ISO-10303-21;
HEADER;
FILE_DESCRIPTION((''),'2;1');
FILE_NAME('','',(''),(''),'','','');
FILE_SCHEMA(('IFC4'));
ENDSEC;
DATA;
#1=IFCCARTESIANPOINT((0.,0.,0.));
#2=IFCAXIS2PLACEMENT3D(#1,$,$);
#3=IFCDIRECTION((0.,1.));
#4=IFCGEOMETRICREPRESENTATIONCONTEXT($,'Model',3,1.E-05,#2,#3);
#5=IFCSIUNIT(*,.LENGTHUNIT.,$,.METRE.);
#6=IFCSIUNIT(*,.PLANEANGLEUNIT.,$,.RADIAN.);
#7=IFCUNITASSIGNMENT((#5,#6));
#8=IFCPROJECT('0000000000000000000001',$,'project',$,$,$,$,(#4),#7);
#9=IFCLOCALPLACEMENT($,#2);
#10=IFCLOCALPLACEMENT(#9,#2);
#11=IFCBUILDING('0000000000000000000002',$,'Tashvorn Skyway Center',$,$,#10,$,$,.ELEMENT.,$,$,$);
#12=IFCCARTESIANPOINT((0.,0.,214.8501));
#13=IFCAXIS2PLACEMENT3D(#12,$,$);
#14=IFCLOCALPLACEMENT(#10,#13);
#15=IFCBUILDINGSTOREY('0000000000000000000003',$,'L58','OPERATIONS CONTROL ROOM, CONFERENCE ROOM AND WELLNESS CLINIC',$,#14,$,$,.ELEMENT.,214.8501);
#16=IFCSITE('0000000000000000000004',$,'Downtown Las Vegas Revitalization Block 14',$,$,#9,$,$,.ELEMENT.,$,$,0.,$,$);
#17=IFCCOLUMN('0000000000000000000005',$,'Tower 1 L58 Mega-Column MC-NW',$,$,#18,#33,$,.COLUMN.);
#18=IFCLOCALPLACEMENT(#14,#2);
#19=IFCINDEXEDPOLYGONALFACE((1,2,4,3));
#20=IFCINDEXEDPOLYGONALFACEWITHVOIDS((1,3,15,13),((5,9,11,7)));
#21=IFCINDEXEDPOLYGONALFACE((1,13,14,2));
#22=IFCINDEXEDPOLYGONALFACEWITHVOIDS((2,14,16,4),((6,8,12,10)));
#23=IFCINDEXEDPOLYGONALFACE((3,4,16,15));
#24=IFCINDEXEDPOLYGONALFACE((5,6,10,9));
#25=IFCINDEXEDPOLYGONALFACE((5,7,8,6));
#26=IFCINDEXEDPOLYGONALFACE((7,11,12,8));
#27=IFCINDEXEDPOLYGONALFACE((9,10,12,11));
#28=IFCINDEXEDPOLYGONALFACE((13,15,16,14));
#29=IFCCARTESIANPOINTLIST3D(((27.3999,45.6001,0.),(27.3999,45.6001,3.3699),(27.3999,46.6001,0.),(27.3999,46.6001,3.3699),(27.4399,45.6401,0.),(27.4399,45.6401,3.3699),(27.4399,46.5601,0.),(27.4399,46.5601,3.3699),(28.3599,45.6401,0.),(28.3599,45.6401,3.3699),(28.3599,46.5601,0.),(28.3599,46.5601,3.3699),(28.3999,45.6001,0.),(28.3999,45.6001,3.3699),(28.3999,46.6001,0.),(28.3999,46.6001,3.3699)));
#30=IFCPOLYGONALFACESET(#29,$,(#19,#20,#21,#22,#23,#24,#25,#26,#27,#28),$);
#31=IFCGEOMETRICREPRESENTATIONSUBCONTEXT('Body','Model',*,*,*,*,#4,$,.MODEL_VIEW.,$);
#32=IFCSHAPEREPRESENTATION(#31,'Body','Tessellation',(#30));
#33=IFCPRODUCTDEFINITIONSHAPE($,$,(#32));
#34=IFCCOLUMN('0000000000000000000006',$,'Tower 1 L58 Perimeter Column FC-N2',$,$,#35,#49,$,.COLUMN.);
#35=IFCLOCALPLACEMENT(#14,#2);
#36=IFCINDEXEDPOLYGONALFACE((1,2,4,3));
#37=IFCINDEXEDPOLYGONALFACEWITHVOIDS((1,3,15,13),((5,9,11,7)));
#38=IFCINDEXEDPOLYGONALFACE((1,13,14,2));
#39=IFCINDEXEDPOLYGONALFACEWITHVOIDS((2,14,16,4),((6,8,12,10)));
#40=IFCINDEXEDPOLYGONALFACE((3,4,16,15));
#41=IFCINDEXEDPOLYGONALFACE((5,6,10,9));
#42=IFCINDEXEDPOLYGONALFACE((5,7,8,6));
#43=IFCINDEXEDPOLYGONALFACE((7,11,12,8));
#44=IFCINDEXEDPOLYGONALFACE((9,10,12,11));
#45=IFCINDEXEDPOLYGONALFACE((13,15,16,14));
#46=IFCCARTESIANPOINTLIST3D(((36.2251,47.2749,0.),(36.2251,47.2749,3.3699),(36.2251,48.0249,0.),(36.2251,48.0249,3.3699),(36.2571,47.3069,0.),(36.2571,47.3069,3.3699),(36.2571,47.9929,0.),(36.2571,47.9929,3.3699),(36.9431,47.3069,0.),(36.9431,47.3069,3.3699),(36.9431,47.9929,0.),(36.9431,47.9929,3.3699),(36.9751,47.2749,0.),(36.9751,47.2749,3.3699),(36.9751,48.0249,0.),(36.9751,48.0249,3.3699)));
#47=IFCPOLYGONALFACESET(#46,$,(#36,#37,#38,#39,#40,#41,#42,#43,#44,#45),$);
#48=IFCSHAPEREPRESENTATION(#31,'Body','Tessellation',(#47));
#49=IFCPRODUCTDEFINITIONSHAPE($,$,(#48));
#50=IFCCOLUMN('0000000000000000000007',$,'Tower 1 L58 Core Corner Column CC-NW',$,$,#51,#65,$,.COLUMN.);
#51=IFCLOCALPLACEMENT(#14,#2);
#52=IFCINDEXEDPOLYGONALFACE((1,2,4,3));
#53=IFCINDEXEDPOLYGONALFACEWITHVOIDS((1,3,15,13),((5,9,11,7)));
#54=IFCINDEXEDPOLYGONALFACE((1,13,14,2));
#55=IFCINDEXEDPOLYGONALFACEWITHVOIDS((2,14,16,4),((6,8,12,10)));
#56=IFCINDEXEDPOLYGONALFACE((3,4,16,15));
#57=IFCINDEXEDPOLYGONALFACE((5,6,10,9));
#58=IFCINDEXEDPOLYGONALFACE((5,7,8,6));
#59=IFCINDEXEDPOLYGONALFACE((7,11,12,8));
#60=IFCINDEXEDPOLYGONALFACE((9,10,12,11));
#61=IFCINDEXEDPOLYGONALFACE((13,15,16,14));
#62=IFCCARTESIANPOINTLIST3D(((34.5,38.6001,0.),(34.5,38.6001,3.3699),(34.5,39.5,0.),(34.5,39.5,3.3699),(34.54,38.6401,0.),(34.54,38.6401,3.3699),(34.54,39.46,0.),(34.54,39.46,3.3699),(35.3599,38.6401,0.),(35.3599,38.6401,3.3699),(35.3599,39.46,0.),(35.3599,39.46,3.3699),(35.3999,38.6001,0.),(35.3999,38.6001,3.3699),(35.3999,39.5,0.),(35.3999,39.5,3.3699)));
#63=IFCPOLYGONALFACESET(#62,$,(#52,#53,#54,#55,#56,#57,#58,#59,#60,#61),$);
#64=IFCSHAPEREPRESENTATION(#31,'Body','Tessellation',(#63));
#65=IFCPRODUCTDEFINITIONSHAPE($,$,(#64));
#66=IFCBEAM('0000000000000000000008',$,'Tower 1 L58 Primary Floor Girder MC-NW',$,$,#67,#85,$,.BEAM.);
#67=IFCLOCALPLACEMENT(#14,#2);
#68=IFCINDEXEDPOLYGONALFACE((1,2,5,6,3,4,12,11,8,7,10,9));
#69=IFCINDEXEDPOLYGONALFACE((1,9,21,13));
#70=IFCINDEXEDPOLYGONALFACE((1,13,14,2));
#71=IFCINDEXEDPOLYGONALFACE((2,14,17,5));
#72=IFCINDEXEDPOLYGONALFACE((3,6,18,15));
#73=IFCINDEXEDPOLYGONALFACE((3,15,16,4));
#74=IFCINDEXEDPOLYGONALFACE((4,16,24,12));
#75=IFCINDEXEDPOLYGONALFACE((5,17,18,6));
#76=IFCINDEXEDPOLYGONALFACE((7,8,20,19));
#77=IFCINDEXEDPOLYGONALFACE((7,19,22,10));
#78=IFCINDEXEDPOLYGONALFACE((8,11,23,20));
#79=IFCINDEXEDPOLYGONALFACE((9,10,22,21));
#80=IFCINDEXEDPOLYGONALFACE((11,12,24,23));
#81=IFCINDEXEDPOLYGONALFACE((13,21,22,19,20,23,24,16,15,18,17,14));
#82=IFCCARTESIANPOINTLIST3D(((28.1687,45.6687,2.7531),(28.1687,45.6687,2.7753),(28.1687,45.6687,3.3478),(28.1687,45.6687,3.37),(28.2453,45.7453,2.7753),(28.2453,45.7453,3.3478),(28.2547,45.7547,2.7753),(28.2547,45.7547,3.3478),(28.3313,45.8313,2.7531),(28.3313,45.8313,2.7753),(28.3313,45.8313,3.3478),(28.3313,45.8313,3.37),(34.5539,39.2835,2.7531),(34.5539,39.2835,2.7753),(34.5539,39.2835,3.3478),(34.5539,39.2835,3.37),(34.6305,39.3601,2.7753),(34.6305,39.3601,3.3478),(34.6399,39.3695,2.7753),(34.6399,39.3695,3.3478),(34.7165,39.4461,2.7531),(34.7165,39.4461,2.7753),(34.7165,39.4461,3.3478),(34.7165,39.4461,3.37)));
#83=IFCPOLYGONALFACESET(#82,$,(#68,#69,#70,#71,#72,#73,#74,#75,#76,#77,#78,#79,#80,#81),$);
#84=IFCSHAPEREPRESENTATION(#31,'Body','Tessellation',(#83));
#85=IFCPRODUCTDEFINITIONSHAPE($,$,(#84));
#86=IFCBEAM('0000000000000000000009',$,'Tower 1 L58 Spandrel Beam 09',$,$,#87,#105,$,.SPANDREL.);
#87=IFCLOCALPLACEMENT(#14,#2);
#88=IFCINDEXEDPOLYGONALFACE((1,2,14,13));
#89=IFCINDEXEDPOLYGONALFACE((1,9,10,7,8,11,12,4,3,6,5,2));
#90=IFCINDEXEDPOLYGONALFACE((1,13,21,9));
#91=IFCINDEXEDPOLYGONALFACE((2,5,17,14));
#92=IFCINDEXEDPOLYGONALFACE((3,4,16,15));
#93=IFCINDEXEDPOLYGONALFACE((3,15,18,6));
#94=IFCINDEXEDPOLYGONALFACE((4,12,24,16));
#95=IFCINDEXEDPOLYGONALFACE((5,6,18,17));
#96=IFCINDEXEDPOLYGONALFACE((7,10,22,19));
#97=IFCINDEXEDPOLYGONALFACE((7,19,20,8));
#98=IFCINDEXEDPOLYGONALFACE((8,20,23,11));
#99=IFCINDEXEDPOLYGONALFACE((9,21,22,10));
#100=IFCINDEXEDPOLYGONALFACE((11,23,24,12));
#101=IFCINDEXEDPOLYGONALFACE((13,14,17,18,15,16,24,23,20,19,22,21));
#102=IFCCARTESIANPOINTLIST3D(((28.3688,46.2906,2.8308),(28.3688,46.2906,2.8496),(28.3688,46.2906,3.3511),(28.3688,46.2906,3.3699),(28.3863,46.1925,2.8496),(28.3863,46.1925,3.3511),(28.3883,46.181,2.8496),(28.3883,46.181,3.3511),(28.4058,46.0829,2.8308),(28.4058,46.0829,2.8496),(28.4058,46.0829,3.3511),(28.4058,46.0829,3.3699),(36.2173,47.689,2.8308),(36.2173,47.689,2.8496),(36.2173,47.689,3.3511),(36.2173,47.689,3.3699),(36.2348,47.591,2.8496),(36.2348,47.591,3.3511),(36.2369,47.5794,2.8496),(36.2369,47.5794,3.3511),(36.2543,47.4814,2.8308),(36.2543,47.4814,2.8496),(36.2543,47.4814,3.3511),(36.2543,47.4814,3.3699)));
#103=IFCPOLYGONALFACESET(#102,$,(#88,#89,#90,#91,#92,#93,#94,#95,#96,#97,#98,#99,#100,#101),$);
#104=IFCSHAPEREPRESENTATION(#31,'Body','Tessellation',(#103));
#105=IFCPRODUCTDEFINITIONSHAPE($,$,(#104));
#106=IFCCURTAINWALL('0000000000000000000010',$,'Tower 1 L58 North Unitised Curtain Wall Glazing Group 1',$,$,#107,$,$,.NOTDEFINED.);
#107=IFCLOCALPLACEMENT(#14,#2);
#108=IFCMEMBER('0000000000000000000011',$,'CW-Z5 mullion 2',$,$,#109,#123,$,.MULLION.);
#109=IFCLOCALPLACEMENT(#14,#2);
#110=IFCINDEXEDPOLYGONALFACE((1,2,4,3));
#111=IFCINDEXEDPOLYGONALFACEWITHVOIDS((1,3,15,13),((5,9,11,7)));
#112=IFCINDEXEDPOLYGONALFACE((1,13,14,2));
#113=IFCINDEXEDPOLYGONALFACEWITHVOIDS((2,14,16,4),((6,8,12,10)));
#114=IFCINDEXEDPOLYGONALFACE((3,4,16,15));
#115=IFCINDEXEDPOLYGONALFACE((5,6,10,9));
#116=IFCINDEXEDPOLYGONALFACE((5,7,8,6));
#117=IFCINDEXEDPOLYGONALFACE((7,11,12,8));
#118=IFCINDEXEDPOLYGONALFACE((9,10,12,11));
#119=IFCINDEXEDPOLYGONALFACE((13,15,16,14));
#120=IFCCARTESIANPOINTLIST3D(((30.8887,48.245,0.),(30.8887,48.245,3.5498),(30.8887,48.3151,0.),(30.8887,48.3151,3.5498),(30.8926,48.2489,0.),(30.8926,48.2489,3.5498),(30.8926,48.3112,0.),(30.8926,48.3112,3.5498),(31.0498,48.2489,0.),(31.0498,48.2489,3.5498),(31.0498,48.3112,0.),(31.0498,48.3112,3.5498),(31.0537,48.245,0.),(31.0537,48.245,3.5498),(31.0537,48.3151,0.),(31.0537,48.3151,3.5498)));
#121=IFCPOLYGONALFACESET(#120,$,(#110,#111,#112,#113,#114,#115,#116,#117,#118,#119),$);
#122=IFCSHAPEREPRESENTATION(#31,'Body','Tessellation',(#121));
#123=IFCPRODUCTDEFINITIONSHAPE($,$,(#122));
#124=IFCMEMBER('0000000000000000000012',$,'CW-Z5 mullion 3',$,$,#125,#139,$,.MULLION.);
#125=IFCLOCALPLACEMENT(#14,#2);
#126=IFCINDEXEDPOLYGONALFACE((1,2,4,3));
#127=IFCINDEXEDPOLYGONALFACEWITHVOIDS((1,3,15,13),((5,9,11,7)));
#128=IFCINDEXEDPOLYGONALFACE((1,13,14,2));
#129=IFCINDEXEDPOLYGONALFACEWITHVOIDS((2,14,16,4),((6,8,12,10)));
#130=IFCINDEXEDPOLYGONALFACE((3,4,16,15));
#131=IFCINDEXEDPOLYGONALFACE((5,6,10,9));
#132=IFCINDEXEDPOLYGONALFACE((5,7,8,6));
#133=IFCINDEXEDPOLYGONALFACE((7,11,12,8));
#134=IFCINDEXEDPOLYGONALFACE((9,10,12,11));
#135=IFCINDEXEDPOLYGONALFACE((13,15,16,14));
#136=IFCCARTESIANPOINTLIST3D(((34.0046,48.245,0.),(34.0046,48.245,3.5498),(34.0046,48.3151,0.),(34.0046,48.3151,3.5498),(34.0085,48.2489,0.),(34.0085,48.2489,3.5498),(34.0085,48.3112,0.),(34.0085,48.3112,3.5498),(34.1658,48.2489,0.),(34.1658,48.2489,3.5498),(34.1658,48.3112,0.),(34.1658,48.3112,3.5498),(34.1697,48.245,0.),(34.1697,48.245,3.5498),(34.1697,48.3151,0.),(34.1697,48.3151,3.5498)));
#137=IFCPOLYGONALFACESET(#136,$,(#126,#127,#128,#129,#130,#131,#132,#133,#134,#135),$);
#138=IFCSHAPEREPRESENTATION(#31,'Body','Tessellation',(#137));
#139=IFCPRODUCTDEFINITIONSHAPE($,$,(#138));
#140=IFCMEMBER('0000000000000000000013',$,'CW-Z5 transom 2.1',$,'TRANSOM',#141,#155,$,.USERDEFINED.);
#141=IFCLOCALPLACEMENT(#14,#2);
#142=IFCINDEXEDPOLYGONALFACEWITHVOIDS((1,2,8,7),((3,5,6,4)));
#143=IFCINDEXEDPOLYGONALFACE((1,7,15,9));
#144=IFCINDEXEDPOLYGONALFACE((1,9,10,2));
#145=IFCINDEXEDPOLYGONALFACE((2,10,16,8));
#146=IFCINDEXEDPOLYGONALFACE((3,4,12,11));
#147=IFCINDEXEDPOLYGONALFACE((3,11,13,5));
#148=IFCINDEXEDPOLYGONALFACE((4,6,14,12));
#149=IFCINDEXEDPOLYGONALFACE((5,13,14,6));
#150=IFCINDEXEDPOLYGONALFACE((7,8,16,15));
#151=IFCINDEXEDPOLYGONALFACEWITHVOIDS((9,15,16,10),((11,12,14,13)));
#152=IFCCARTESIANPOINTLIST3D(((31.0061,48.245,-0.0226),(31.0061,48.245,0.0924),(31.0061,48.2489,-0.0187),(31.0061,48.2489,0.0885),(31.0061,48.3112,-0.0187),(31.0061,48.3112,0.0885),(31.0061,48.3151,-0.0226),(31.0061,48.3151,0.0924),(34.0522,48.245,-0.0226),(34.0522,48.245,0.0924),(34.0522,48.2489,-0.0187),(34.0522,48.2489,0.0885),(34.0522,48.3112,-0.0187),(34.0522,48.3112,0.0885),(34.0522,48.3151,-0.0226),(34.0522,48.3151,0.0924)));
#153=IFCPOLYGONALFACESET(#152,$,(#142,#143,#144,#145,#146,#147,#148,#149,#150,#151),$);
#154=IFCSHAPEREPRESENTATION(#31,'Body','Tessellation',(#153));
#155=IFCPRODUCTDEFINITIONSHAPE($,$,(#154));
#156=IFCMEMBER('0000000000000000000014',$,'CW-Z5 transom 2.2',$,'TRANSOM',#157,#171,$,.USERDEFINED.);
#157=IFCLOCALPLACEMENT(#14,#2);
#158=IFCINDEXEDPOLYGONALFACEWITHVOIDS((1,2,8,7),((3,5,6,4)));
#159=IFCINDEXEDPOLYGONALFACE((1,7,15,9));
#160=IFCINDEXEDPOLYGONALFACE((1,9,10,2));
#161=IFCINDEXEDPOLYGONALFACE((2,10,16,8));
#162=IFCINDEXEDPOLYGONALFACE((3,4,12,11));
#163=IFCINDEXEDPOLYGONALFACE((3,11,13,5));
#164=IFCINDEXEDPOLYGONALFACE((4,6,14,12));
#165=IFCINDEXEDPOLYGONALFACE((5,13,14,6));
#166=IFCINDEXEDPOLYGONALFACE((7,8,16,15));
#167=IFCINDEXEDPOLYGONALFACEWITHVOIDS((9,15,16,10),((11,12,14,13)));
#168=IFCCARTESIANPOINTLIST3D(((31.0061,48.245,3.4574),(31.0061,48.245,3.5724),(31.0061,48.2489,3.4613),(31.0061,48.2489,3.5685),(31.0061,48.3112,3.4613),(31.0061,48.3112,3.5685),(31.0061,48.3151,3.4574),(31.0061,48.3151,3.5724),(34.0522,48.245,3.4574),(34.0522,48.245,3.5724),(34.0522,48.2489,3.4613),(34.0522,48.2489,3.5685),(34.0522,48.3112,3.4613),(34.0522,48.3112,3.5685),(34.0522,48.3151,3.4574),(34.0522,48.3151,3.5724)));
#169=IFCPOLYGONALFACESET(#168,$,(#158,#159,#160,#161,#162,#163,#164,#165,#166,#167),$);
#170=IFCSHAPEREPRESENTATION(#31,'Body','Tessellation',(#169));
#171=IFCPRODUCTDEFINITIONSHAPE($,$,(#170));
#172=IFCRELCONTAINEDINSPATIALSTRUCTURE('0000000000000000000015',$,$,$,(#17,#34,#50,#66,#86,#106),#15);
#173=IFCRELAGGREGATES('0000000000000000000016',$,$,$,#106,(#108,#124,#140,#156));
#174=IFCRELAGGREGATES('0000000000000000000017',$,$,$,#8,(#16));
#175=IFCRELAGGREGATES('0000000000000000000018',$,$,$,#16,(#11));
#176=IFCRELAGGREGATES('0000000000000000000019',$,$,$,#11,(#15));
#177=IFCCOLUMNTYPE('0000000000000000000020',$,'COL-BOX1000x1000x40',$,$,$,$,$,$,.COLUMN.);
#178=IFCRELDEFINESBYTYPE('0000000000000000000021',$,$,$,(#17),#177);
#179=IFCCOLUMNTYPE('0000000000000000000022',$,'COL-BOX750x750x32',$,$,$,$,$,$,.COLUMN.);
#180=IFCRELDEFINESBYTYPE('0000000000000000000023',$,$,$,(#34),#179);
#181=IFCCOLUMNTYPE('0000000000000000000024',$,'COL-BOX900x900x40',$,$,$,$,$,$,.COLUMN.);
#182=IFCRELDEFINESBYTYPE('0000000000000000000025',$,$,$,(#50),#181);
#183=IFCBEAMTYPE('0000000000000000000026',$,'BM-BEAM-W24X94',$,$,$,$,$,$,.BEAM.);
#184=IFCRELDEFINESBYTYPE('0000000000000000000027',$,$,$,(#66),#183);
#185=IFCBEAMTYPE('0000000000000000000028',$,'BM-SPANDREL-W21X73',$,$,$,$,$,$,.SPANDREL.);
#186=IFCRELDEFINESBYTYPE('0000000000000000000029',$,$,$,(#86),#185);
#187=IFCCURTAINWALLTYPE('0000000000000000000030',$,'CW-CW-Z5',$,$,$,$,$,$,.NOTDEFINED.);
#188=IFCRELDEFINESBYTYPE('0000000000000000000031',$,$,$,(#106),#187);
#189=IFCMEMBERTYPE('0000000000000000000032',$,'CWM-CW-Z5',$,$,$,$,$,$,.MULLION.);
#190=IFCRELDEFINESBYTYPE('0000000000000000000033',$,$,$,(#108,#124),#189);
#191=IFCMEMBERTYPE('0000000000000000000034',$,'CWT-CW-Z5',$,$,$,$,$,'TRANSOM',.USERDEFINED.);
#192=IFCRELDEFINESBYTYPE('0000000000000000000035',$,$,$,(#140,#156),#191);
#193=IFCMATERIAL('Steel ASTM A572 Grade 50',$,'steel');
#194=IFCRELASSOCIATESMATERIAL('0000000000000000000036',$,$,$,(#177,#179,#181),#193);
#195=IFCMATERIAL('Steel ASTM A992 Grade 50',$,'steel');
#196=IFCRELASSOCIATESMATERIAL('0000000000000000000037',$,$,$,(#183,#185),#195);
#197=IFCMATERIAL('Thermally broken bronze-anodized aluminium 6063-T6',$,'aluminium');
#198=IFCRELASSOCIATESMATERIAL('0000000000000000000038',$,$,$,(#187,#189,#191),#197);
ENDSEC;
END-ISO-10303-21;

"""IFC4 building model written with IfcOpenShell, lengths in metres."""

from ifc_helpers import new_model, si_unit, direction, frame, origin, origin_2d, place, context, subcontext, project, spatial, hollow_rectangle, i_section, extrude, material, material_profile, profile_set, type_object, element, aggregate, save


model = new_model("IFC4")

# Units and contexts
model_context = context("Model", 3, precision=1e-05, world=origin(), true_north=direction((0.0, 1.0)))
body_context = subcontext(model_context, "Body", "Model", "MODEL_VIEW")
ifc_project = project(units=[si_unit("LENGTHUNIT", "METRE"), si_unit("PLANEANGLEUNIT", "RADIAN")], contexts=[model_context])

# Site, building, storey
site_placement = place(None, origin())
site = spatial("IfcSite", under=ifc_project, at=site_placement, Name="Downtown Las Vegas Revitalization Block 14", CompositionType="ELEMENT", RefElevation=0.0)
building_placement = place(site_placement, origin())
building = spatial("IfcBuilding", under=site, at=building_placement, Name="Tashvorn Skyway Center", CompositionType="ELEMENT")
storey_placement = place(building_placement, frame((0.0, 0.0, 214.8501)))
storey = spatial("IfcBuildingStorey", under=building, at=storey_placement, Name="L58", Description="OPERATIONS CONTROL ROOM, CONFERENCE ROOM AND WELLNESS CLINIC", CompositionType="ELEMENT", Elevation=214.8501)

# Columns
ifc_material_1 = material(Name="Steel ASTM A572 Grade 50", Category="steel")
ifc_material_profile_1 = material_profile(ifc_material_1, hollow_rectangle(XDim=1.0, YDim=1.0, WallThickness=0.04, at=origin_2d()), Name="BOX1000x1000x40")
ifc_profile_set_1 = profile_set([ifc_material_profile_1], Name="Steel ASTM A572 Grade 50")
column_type_1 = type_object("IfcColumnType", Name="COL-BOX1000x1000x40", PredefinedType="COLUMN", material=ifc_profile_set_1)
column_1_placement = place(storey_placement, frame((27.8999, 46.1001, 0.0), z_axis=(0.0, 0.0, 1.0), x_axis=(1.0, 0.0, 0.0)))
element("IfcColumn", 1, at=column_1_placement, inside=storey, type_object=column_type_1, Name="Tower 1 L58 Mega-Column MC-NW", PredefinedType="COLUMN", context=body_context, shape_type="SweptSolid", body=[
    extrude(hollow_rectangle(XDim=1.0, YDim=1.0, WallThickness=0.04, at=origin_2d()), origin(), (0.0, 0.0, 1.0), 3.3699),
])
ifc_material_profile_2 = material_profile(ifc_material_1, hollow_rectangle(XDim=0.75, YDim=0.75, WallThickness=0.032, at=origin_2d()), Name="BOX750x750x32")
ifc_profile_set_2 = profile_set([ifc_material_profile_2], Name="Steel ASTM A572 Grade 50")
column_type_2 = type_object("IfcColumnType", Name="COL-BOX750x750x32", PredefinedType="COLUMN", material=ifc_profile_set_2)
column_2_placement = place(storey_placement, frame((36.6001, 47.6499, 0.0), z_axis=(0.0, 0.0, 1.0), x_axis=(1.0, 0.0, 0.0)))
element("IfcColumn", 2, at=column_2_placement, inside=storey, type_object=column_type_2, Name="Tower 1 L58 Perimeter Column FC-N2", PredefinedType="COLUMN", context=body_context, shape_type="SweptSolid", body=[
    extrude(hollow_rectangle(XDim=0.75, YDim=0.75, WallThickness=0.032, at=origin_2d()), origin(), (0.0, 0.0, 1.0), 3.3699),
])
ifc_material_profile_3 = material_profile(ifc_material_1, hollow_rectangle(XDim=0.8999, YDim=0.8999, WallThickness=0.04, at=origin_2d()), Name="BOX900x900x40")
ifc_profile_set_3 = profile_set([ifc_material_profile_3], Name="Steel ASTM A572 Grade 50")
column_type_3 = type_object("IfcColumnType", Name="COL-BOX900x900x40", PredefinedType="COLUMN", material=ifc_profile_set_3)
column_3_placement = place(storey_placement, frame((34.95, 39.05, 0.0), z_axis=(0.0, 0.0, 1.0), x_axis=(1.0, 0.0, 0.0)))
element("IfcColumn", 3, at=column_3_placement, inside=storey, type_object=column_type_3, Name="Tower 1 L58 Core Corner Column CC-NW", PredefinedType="COLUMN", context=body_context, shape_type="SweptSolid", body=[
    extrude(hollow_rectangle(XDim=0.8999, YDim=0.8999, WallThickness=0.04, at=origin_2d()), origin(), (0.0, 0.0, 1.0), 3.3699),
])

# Beams
ifc_material_2 = material(Name="Steel ASTM A992 Grade 50", Category="steel")
ifc_material_profile_4 = material_profile(ifc_material_2, i_section(OverallWidth=0.23, OverallDepth=0.6169, WebThickness=0.0132, FlangeThickness=0.0222, at=origin_2d()), Name="W24X94")
ifc_profile_set_4 = profile_set([ifc_material_profile_4], Name="Steel ASTM A992 Grade 50")
beam_type_1 = type_object("IfcBeamType", Name="BM-BEAM-W24X94", PredefinedType="BEAM", material=ifc_profile_set_4)
beam_1_placement = place(storey_placement, frame((28.25, 45.75, 3.0615), z_axis=(0.707107, -0.707107, 0.0), x_axis=(0.707107, 0.707107, 0.0)))
element("IfcBeam", 4, at=beam_1_placement, inside=storey, type_object=beam_type_1, Name="Tower 1 L58 Primary Floor Girder MC-NW", PredefinedType="BEAM", context=body_context, shape_type="SweptSolid", body=[
    extrude(i_section(OverallWidth=0.23, OverallDepth=0.6169, WebThickness=0.0132, FlangeThickness=0.0222, at=origin_2d()), origin(), (0.0, 0.0, 1.0), 9.03),
])
ifc_material_profile_5 = material_profile(ifc_material_2, i_section(OverallWidth=0.2109, OverallDepth=0.5391, WebThickness=0.0117, FlangeThickness=0.0188, at=origin_2d()), Name="W21X73")
ifc_profile_set_5 = profile_set([ifc_material_profile_5], Name="Steel ASTM A992 Grade 50")
beam_type_2 = type_object("IfcBeamType", Name="BM-SPANDREL-W21X73", PredefinedType="SPANDREL", material=ifc_profile_set_5)
beam_2_placement = place(storey_placement, frame((36.2358, 47.5852, 3.1003), z_axis=(-0.984495, -0.175413, 0.0), x_axis=(0.175413, -0.984495, 0.0)))
element("IfcBeam", 5, at=beam_2_placement, inside=storey, type_object=beam_type_2, Name="Tower 1 L58 Spandrel Beam 09", PredefinedType="SPANDREL", context=body_context, shape_type="SweptSolid", body=[
    extrude(i_section(OverallWidth=0.2109, OverallDepth=0.5391, WebThickness=0.0117, FlangeThickness=0.0188, at=origin_2d()), origin(), (0.0, 0.0, 1.0), 7.9722),
])

# Curtain wall, members
ifc_material_3 = material(Name="Thermally broken bronze-anodized aluminium 6063-T6", Category="aluminium")
curtain_wall_type = type_object("IfcCurtainWallType", Name="CW-CW-Z5", PredefinedType="NOTDEFINED", material=ifc_material_3)
curtain_wall_placement = place(storey_placement, origin())
curtain_wall = element("IfcCurtainWall", 6, at=curtain_wall_placement, inside=storey, type_object=curtain_wall_type, Name="Tower 1 L58 North Unitised Curtain Wall Glazing Group 1", PredefinedType="NOTDEFINED")
ifc_material_profile_6 = material_profile(ifc_material_3, hollow_rectangle(XDim=0.0701, YDim=0.165, WallThickness=0.0039, at=origin_2d()), Name="ALU-MULL-70x165")
ifc_profile_set_6 = profile_set([ifc_material_profile_6], Name="Thermally broken bronze-anodized aluminium 6063-T6")
member_type_1 = type_object("IfcMemberType", Name="CWM-CW-Z5", PredefinedType="MULLION", material=ifc_profile_set_6)
member_1_placement = place(storey_placement, frame((30.9712, 48.28, 0.0), z_axis=(0.0, 0.0, 1.0), x_axis=(0.0, 1.0, 0.0)))
member_1 = element("IfcMember", 7, at=member_1_placement, type_object=member_type_1, Name="CW-Z5 mullion 2", PredefinedType="MULLION", context=body_context, shape_type="SweptSolid", body=[
    extrude(hollow_rectangle(XDim=0.0701, YDim=0.165, WallThickness=0.0039, at=origin_2d()), origin(), (0.0, 0.0, 1.0), 3.5498),
])
member_2_placement = place(storey_placement, frame((34.0872, 48.28, 0.0), z_axis=(0.0, 0.0, 1.0), x_axis=(0.0, 1.0, 0.0)))
member_2 = element("IfcMember", 8, at=member_2_placement, type_object=member_type_1, Name="CW-Z5 mullion 3", PredefinedType="MULLION", context=body_context, shape_type="SweptSolid", body=[
    extrude(hollow_rectangle(XDim=0.0701, YDim=0.165, WallThickness=0.0039, at=origin_2d()), origin(), (0.0, 0.0, 1.0), 3.5498),
])
ifc_material_profile_7 = material_profile(ifc_material_3, hollow_rectangle(XDim=0.0701, YDim=0.115, WallThickness=0.0039, at=origin_2d()), Name="ALU-TRAN-70x115")
ifc_profile_set_7 = profile_set([ifc_material_profile_7], Name="Thermally broken bronze-anodized aluminium 6063-T6")
member_type_2 = type_object("IfcMemberType", Name="CWT-CW-Z5", ElementType="TRANSOM", PredefinedType="USERDEFINED", material=ifc_profile_set_7)
member_3_placement = place(storey_placement, frame((31.0061, 48.28, 0.0349), z_axis=(1.0, 0.0, 0.0), x_axis=(0.0, 1.0, 0.0)))
member_3 = element("IfcMember", 9, at=member_3_placement, type_object=member_type_2, Name="CW-Z5 transom 2.1", ObjectType="TRANSOM", PredefinedType="USERDEFINED", context=body_context, shape_type="SweptSolid", body=[
    extrude(hollow_rectangle(XDim=0.0701, YDim=0.115, WallThickness=0.0039, at=origin_2d()), origin(), (0.0, 0.0, 1.0), 3.0461),
])
member_4_placement = place(storey_placement, frame((31.0061, 48.28, 3.5149), z_axis=(1.0, 0.0, 0.0), x_axis=(0.0, 1.0, 0.0)))
member_4 = element("IfcMember", 10, at=member_4_placement, type_object=member_type_2, Name="CW-Z5 transom 2.2", ObjectType="TRANSOM", PredefinedType="USERDEFINED", context=body_context, shape_type="SweptSolid", body=[
    extrude(hollow_rectangle(XDim=0.0701, YDim=0.115, WallThickness=0.0039, at=origin_2d()), origin(), (0.0, 0.0, 1.0), 3.0461),
])
aggregate(curtain_wall, [member_1, member_2, member_3, member_4])

save(model, "model.ifc")
